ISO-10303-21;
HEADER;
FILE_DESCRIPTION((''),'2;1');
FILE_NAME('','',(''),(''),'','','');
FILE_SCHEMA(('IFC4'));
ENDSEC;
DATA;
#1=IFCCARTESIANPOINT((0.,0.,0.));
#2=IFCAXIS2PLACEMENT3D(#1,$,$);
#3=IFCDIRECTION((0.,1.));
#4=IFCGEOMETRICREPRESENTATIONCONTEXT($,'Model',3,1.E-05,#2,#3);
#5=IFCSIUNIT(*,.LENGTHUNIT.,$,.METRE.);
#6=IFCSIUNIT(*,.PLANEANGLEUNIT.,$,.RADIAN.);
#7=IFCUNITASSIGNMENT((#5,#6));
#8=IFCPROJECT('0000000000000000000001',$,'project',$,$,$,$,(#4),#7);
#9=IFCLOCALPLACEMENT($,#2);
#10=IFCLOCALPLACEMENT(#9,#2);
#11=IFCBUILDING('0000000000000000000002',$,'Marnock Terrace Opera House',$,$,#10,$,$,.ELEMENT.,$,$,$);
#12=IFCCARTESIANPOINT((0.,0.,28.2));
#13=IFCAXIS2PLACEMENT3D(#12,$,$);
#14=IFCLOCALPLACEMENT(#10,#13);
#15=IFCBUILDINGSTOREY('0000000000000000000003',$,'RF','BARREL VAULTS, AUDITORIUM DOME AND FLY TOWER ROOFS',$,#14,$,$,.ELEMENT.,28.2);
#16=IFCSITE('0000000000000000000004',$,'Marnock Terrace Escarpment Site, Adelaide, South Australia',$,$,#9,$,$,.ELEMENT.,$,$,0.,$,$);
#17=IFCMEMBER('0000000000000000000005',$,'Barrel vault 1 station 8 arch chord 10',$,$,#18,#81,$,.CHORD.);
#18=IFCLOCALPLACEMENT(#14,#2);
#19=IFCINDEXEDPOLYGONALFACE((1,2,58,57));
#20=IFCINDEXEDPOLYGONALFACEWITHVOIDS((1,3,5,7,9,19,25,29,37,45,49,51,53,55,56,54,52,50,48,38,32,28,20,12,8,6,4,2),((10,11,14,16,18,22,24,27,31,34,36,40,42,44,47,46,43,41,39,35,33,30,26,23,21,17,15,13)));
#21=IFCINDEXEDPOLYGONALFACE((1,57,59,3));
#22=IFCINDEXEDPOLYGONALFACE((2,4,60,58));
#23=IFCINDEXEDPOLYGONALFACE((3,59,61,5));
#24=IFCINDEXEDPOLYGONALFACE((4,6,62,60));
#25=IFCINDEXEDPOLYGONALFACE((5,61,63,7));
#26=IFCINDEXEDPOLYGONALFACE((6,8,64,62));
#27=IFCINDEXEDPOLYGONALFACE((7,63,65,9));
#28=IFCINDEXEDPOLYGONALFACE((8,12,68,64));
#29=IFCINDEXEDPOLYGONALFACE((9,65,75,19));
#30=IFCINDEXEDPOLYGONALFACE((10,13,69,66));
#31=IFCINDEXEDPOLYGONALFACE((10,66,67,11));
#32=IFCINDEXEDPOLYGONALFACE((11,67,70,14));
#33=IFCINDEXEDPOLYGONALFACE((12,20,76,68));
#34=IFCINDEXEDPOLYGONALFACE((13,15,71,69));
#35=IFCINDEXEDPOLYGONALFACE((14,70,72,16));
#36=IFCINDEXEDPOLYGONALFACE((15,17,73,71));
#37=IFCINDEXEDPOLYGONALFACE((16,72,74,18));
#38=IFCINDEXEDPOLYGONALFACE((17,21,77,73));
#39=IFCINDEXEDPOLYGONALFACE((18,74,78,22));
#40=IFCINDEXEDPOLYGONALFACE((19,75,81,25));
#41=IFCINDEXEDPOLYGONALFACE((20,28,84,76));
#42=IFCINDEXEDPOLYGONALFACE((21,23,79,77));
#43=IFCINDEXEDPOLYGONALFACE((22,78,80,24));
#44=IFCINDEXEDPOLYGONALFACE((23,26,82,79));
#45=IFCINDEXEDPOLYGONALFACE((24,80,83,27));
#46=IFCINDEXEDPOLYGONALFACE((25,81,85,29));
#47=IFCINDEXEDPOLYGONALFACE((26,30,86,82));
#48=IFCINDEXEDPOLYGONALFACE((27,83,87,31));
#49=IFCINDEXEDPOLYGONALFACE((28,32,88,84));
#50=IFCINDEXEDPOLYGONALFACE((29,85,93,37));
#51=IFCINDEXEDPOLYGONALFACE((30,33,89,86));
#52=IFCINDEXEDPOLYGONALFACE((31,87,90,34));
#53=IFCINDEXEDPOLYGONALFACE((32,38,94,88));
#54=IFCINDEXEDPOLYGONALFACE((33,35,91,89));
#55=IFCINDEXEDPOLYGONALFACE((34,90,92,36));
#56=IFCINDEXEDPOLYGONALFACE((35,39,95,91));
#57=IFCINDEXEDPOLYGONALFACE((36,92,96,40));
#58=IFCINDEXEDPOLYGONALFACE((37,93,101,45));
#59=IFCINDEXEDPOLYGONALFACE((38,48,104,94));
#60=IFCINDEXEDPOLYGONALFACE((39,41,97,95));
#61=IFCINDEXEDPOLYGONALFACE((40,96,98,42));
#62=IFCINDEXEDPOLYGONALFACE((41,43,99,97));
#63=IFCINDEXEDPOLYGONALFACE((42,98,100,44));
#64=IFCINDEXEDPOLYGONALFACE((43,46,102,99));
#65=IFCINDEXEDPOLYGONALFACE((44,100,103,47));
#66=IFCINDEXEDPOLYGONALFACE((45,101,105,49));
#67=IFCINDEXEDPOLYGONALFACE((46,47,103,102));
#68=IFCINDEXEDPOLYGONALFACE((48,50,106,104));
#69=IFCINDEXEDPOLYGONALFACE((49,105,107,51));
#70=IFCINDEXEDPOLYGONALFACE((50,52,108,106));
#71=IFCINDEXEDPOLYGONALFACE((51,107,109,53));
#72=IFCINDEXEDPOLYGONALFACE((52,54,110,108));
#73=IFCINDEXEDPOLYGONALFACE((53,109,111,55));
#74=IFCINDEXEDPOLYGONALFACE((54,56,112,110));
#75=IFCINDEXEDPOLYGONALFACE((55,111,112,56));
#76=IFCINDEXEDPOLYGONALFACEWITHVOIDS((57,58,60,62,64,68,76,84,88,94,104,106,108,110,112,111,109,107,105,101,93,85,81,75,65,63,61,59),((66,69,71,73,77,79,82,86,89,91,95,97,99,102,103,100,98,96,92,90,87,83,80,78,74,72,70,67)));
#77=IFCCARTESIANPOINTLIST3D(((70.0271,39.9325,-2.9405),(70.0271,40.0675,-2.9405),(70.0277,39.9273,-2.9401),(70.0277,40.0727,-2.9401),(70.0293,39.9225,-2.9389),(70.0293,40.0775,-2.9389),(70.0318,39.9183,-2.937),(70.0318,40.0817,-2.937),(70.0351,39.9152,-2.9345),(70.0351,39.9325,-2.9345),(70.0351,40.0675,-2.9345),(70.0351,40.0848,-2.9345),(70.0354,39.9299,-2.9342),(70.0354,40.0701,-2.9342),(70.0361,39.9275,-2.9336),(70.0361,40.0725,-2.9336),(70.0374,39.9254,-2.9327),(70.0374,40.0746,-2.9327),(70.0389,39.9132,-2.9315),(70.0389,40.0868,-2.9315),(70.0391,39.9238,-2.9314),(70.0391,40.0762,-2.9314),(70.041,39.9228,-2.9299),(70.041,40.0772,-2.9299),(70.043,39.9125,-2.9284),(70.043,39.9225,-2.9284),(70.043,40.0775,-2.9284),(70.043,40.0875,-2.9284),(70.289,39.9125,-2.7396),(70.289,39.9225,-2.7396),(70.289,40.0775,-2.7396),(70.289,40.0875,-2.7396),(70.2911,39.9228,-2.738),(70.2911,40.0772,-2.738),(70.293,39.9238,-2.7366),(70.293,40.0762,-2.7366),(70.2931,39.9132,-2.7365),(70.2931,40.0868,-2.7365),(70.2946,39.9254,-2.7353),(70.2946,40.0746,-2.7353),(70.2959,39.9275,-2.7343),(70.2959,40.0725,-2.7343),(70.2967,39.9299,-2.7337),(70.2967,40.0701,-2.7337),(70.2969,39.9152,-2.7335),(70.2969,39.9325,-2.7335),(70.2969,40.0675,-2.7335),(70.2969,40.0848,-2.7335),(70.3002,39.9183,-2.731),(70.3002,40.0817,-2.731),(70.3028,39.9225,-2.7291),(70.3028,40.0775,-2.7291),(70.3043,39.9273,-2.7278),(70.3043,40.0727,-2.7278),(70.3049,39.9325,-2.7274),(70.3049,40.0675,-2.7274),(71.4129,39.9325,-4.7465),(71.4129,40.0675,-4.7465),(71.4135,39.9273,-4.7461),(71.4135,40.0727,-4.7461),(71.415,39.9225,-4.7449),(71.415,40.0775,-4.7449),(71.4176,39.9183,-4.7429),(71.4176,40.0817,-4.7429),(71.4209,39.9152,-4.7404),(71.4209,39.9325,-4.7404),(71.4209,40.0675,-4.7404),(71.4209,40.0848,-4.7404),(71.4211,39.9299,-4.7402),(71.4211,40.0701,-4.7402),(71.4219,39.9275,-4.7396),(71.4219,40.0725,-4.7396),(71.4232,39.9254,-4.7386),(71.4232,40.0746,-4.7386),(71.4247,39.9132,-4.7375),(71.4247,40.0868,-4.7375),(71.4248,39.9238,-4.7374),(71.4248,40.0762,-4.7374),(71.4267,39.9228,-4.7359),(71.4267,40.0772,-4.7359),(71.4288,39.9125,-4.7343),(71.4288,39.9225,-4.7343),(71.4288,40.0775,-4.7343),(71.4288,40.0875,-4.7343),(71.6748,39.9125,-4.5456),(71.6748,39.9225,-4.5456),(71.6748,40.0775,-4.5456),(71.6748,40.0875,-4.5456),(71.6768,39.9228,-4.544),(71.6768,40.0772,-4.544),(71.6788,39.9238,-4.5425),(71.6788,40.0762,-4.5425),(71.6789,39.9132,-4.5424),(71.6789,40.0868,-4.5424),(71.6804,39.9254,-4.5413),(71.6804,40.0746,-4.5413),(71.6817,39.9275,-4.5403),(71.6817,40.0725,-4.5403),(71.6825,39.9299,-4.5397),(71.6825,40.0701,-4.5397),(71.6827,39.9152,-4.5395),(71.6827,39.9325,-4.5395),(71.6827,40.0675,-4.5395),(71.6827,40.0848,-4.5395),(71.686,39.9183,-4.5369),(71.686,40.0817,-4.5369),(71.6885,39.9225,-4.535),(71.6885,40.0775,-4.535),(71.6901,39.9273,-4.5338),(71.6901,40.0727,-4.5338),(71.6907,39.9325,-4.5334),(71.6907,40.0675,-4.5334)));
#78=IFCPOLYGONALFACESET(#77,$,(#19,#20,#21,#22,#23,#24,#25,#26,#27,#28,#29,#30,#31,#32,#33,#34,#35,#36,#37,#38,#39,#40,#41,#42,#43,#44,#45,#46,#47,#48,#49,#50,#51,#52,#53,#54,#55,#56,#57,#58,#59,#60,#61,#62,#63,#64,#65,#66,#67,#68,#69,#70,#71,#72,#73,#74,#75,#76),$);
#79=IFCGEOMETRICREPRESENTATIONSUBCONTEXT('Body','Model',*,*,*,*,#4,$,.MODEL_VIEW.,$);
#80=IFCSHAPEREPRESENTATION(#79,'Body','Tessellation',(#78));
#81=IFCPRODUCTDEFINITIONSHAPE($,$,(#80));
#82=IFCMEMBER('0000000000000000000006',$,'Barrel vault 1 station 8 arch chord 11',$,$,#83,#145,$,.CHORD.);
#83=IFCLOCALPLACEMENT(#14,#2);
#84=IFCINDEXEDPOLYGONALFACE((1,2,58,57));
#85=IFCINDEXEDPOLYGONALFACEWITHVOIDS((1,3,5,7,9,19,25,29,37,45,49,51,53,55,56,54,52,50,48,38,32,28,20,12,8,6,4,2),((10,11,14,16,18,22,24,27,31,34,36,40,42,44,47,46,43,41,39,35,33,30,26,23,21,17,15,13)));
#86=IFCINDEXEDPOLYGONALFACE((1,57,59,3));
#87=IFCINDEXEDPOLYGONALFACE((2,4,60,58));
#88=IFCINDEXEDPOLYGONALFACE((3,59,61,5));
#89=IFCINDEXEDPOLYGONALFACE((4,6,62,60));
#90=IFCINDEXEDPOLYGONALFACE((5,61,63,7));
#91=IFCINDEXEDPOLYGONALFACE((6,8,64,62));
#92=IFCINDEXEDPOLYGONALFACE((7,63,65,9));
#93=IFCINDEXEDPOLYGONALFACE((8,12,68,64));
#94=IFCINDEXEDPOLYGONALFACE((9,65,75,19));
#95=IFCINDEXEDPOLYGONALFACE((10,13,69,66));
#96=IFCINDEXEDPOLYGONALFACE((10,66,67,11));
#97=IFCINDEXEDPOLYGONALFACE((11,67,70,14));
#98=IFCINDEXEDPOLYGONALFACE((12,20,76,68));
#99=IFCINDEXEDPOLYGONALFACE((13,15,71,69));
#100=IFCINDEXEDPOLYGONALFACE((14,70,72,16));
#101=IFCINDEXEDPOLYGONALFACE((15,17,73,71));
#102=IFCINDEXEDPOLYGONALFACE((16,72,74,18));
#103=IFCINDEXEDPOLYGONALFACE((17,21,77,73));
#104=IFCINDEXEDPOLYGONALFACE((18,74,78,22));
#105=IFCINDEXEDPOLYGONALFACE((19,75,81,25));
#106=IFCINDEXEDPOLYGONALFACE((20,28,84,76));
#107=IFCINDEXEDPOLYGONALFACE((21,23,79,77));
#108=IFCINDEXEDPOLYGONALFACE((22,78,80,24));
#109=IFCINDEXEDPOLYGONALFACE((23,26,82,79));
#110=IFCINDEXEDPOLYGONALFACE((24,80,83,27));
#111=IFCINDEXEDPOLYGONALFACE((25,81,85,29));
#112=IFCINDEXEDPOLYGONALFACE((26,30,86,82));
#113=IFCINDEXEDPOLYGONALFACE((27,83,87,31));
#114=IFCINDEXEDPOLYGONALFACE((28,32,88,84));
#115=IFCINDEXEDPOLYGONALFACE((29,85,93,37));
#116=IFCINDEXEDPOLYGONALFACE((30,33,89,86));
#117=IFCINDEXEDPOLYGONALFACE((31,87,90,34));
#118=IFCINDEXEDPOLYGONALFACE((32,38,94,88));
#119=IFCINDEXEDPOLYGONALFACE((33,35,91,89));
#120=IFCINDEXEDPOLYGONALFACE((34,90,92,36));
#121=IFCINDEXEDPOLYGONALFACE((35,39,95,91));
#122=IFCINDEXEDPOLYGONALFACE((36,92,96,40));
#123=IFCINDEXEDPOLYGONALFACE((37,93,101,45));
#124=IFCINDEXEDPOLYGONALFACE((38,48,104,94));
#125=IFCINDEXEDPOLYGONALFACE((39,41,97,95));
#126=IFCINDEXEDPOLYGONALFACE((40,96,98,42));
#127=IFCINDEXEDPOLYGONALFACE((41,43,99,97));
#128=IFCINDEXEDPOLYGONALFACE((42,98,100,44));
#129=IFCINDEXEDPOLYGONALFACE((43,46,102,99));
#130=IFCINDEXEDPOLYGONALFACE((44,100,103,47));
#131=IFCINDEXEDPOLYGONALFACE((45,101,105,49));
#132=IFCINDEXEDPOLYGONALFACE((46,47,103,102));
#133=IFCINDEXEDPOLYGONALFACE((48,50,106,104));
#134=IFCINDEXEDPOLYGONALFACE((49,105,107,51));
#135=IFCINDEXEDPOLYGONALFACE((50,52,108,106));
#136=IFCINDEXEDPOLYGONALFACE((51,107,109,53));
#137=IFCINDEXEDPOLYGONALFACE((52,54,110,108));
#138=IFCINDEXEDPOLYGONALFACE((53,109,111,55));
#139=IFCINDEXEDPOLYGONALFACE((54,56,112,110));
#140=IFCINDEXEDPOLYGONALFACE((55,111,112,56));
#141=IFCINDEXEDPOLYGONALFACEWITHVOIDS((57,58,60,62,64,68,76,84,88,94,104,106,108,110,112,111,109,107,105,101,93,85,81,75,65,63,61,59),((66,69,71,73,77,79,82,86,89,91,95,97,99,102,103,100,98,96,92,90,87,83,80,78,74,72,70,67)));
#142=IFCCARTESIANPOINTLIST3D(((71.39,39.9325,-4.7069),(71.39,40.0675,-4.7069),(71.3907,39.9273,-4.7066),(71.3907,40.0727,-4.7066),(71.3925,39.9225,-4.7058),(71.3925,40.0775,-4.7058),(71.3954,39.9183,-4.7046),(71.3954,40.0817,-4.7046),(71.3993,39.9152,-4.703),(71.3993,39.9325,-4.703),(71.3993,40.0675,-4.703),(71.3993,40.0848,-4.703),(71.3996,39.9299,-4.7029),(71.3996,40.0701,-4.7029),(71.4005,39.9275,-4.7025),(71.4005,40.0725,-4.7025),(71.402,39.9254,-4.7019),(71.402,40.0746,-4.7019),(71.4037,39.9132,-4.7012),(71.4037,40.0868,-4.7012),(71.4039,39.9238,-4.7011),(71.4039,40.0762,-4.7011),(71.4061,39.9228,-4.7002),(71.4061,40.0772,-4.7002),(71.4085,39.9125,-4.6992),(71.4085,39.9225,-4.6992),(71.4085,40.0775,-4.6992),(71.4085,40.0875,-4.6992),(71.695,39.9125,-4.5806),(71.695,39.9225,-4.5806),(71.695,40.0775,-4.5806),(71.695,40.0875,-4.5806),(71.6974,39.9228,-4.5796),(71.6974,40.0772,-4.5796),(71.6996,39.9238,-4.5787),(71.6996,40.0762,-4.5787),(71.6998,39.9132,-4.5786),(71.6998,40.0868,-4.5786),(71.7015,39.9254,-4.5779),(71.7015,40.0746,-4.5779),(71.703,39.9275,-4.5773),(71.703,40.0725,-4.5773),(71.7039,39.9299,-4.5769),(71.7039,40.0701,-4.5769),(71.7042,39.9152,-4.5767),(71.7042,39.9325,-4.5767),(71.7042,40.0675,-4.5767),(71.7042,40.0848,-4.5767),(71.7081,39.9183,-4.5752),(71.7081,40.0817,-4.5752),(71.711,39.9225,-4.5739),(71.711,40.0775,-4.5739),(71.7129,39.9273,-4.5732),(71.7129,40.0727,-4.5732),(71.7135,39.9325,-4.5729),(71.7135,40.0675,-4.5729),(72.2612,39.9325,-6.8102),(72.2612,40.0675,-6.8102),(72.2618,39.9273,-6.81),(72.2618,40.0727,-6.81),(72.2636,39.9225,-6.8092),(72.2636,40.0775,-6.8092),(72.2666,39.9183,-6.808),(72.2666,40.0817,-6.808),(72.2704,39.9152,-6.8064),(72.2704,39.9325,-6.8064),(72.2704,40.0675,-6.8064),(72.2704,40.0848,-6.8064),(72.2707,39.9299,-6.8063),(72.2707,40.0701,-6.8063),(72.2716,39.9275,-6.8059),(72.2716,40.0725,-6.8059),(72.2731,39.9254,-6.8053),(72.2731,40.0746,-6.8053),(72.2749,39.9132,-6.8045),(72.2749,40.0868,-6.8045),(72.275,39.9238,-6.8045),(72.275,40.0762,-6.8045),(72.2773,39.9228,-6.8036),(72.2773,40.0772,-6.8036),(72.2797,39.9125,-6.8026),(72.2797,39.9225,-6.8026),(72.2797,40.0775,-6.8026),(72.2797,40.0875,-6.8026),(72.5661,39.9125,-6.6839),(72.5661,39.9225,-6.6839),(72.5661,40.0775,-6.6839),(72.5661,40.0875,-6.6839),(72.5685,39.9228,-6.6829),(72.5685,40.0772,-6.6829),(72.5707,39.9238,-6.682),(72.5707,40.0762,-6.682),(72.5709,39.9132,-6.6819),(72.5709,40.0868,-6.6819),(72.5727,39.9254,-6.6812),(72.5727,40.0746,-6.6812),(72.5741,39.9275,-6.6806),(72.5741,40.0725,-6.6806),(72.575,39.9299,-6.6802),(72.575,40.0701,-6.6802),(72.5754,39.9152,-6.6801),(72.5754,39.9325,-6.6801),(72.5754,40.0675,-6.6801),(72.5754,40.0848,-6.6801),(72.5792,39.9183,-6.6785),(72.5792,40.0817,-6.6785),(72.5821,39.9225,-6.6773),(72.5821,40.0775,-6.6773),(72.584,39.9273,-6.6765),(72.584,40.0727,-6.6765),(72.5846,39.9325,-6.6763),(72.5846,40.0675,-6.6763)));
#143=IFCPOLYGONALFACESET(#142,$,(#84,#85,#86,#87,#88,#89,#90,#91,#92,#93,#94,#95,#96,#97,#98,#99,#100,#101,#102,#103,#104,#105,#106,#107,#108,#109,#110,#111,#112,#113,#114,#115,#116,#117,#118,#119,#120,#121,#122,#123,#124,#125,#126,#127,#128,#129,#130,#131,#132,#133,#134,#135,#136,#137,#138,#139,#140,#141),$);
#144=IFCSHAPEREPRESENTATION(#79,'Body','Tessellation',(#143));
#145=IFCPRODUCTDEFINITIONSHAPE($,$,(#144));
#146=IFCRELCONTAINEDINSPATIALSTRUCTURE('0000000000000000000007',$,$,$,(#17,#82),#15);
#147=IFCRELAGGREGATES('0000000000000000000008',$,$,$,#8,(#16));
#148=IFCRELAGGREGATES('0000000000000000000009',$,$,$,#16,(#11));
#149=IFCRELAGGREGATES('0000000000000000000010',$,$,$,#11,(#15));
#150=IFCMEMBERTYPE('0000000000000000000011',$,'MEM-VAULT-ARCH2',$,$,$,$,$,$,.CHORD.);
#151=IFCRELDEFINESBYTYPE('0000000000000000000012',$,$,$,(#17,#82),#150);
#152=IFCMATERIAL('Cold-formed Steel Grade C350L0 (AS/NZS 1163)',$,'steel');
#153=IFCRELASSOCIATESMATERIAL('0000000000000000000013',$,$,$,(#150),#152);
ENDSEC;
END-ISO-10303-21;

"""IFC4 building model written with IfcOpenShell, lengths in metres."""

from ifc_helpers import new_model, si_unit, direction, frame, origin, origin_2d, place, context, subcontext, project, spatial, hollow_rectangle, extrude, material, material_profile, profile_set, type_object, element, save


model = new_model("IFC4")

# Units and contexts
model_context = context("Model", 3, precision=1e-05, world=origin(), true_north=direction((0.0, 1.0)))
body_context = subcontext(model_context, "Body", "Model", "MODEL_VIEW")
ifc_project = project(units=[si_unit("LENGTHUNIT", "METRE"), si_unit("PLANEANGLEUNIT", "RADIAN")], contexts=[model_context])

# Site, building, storey
site_placement = place(None, origin())
site = spatial("IfcSite", under=ifc_project, at=site_placement, Name="Marnock Terrace Escarpment Site, Adelaide, South Australia", CompositionType="ELEMENT", RefElevation=0.0)
building_placement = place(site_placement, origin())
building = spatial("IfcBuilding", under=site, at=building_placement, Name="Marnock Terrace Opera House", CompositionType="ELEMENT")
storey_placement = place(building_placement, frame((0.0, 0.0, 28.2)))
storey = spatial("IfcBuildingStorey", under=building, at=storey_placement, Name="RF", Description="BARREL VAULTS, AUDITORIUM DOME AND FLY TOWER ROOFS", CompositionType="ELEMENT", Elevation=28.2)

# Members
ifc_material_1 = material(Name="Cold-formed Steel Grade C350L0 (AS/NZS 1163)", Category="steel")
ifc_material_profile_1 = material_profile(ifc_material_1, hollow_rectangle(XDim=0.175, YDim=0.3501, WallThickness=0.01, InnerFilletRadius=0.01, OuterFilletRadius=0.02, at=origin_2d()))
ifc_profile_set_1 = profile_set([ifc_material_profile_1], Name="Cold-formed Steel Grade C350L0 (AS/NZS 1163)")
member_type_1 = type_object("IfcMemberType", Name="MEM-VAULT-ARCH2", PredefinedType="CHORD", material=ifc_profile_set_1)
member_1_placement = place(storey_placement, frame((70.166, 40.0, -2.834), z_axis=(0.608767, 0.0, -0.793349), x_axis=(0.0, 1.0, 0.0)))
element("IfcMember", 1, at=member_1_placement, inside=storey, type_object=member_type_1, Name="Barrel vault 1 station 8 arch chord 10", PredefinedType="CHORD", context=body_context, shape_type="SweptSolid", body=[
    extrude(hollow_rectangle(XDim=0.175, YDim=0.3501, WallThickness=0.01, InnerFilletRadius=0.01, OuterFilletRadius=0.02, at=origin_2d()), origin(), (0.0, 0.0, 1.0), 2.2764),
])
member_2_placement = place(storey_placement, frame((71.5518, 40.0, -4.6399), z_axis=(0.382642, 0.0, -0.923897), x_axis=(0.0, 1.0, 0.0)))
element("IfcMember", 2, at=member_2_placement, inside=storey, type_object=member_type_1, Name="Barrel vault 1 station 8 arch chord 11", PredefinedType="CHORD", context=body_context, shape_type="SweptSolid", body=[
    extrude(hollow_rectangle(XDim=0.175, YDim=0.3501, WallThickness=0.01, InnerFilletRadius=0.01, OuterFilletRadius=0.02, at=origin_2d()), origin(), (0.0, 0.0, 1.0), 2.2766),
])

save(model, "model.ifc")
